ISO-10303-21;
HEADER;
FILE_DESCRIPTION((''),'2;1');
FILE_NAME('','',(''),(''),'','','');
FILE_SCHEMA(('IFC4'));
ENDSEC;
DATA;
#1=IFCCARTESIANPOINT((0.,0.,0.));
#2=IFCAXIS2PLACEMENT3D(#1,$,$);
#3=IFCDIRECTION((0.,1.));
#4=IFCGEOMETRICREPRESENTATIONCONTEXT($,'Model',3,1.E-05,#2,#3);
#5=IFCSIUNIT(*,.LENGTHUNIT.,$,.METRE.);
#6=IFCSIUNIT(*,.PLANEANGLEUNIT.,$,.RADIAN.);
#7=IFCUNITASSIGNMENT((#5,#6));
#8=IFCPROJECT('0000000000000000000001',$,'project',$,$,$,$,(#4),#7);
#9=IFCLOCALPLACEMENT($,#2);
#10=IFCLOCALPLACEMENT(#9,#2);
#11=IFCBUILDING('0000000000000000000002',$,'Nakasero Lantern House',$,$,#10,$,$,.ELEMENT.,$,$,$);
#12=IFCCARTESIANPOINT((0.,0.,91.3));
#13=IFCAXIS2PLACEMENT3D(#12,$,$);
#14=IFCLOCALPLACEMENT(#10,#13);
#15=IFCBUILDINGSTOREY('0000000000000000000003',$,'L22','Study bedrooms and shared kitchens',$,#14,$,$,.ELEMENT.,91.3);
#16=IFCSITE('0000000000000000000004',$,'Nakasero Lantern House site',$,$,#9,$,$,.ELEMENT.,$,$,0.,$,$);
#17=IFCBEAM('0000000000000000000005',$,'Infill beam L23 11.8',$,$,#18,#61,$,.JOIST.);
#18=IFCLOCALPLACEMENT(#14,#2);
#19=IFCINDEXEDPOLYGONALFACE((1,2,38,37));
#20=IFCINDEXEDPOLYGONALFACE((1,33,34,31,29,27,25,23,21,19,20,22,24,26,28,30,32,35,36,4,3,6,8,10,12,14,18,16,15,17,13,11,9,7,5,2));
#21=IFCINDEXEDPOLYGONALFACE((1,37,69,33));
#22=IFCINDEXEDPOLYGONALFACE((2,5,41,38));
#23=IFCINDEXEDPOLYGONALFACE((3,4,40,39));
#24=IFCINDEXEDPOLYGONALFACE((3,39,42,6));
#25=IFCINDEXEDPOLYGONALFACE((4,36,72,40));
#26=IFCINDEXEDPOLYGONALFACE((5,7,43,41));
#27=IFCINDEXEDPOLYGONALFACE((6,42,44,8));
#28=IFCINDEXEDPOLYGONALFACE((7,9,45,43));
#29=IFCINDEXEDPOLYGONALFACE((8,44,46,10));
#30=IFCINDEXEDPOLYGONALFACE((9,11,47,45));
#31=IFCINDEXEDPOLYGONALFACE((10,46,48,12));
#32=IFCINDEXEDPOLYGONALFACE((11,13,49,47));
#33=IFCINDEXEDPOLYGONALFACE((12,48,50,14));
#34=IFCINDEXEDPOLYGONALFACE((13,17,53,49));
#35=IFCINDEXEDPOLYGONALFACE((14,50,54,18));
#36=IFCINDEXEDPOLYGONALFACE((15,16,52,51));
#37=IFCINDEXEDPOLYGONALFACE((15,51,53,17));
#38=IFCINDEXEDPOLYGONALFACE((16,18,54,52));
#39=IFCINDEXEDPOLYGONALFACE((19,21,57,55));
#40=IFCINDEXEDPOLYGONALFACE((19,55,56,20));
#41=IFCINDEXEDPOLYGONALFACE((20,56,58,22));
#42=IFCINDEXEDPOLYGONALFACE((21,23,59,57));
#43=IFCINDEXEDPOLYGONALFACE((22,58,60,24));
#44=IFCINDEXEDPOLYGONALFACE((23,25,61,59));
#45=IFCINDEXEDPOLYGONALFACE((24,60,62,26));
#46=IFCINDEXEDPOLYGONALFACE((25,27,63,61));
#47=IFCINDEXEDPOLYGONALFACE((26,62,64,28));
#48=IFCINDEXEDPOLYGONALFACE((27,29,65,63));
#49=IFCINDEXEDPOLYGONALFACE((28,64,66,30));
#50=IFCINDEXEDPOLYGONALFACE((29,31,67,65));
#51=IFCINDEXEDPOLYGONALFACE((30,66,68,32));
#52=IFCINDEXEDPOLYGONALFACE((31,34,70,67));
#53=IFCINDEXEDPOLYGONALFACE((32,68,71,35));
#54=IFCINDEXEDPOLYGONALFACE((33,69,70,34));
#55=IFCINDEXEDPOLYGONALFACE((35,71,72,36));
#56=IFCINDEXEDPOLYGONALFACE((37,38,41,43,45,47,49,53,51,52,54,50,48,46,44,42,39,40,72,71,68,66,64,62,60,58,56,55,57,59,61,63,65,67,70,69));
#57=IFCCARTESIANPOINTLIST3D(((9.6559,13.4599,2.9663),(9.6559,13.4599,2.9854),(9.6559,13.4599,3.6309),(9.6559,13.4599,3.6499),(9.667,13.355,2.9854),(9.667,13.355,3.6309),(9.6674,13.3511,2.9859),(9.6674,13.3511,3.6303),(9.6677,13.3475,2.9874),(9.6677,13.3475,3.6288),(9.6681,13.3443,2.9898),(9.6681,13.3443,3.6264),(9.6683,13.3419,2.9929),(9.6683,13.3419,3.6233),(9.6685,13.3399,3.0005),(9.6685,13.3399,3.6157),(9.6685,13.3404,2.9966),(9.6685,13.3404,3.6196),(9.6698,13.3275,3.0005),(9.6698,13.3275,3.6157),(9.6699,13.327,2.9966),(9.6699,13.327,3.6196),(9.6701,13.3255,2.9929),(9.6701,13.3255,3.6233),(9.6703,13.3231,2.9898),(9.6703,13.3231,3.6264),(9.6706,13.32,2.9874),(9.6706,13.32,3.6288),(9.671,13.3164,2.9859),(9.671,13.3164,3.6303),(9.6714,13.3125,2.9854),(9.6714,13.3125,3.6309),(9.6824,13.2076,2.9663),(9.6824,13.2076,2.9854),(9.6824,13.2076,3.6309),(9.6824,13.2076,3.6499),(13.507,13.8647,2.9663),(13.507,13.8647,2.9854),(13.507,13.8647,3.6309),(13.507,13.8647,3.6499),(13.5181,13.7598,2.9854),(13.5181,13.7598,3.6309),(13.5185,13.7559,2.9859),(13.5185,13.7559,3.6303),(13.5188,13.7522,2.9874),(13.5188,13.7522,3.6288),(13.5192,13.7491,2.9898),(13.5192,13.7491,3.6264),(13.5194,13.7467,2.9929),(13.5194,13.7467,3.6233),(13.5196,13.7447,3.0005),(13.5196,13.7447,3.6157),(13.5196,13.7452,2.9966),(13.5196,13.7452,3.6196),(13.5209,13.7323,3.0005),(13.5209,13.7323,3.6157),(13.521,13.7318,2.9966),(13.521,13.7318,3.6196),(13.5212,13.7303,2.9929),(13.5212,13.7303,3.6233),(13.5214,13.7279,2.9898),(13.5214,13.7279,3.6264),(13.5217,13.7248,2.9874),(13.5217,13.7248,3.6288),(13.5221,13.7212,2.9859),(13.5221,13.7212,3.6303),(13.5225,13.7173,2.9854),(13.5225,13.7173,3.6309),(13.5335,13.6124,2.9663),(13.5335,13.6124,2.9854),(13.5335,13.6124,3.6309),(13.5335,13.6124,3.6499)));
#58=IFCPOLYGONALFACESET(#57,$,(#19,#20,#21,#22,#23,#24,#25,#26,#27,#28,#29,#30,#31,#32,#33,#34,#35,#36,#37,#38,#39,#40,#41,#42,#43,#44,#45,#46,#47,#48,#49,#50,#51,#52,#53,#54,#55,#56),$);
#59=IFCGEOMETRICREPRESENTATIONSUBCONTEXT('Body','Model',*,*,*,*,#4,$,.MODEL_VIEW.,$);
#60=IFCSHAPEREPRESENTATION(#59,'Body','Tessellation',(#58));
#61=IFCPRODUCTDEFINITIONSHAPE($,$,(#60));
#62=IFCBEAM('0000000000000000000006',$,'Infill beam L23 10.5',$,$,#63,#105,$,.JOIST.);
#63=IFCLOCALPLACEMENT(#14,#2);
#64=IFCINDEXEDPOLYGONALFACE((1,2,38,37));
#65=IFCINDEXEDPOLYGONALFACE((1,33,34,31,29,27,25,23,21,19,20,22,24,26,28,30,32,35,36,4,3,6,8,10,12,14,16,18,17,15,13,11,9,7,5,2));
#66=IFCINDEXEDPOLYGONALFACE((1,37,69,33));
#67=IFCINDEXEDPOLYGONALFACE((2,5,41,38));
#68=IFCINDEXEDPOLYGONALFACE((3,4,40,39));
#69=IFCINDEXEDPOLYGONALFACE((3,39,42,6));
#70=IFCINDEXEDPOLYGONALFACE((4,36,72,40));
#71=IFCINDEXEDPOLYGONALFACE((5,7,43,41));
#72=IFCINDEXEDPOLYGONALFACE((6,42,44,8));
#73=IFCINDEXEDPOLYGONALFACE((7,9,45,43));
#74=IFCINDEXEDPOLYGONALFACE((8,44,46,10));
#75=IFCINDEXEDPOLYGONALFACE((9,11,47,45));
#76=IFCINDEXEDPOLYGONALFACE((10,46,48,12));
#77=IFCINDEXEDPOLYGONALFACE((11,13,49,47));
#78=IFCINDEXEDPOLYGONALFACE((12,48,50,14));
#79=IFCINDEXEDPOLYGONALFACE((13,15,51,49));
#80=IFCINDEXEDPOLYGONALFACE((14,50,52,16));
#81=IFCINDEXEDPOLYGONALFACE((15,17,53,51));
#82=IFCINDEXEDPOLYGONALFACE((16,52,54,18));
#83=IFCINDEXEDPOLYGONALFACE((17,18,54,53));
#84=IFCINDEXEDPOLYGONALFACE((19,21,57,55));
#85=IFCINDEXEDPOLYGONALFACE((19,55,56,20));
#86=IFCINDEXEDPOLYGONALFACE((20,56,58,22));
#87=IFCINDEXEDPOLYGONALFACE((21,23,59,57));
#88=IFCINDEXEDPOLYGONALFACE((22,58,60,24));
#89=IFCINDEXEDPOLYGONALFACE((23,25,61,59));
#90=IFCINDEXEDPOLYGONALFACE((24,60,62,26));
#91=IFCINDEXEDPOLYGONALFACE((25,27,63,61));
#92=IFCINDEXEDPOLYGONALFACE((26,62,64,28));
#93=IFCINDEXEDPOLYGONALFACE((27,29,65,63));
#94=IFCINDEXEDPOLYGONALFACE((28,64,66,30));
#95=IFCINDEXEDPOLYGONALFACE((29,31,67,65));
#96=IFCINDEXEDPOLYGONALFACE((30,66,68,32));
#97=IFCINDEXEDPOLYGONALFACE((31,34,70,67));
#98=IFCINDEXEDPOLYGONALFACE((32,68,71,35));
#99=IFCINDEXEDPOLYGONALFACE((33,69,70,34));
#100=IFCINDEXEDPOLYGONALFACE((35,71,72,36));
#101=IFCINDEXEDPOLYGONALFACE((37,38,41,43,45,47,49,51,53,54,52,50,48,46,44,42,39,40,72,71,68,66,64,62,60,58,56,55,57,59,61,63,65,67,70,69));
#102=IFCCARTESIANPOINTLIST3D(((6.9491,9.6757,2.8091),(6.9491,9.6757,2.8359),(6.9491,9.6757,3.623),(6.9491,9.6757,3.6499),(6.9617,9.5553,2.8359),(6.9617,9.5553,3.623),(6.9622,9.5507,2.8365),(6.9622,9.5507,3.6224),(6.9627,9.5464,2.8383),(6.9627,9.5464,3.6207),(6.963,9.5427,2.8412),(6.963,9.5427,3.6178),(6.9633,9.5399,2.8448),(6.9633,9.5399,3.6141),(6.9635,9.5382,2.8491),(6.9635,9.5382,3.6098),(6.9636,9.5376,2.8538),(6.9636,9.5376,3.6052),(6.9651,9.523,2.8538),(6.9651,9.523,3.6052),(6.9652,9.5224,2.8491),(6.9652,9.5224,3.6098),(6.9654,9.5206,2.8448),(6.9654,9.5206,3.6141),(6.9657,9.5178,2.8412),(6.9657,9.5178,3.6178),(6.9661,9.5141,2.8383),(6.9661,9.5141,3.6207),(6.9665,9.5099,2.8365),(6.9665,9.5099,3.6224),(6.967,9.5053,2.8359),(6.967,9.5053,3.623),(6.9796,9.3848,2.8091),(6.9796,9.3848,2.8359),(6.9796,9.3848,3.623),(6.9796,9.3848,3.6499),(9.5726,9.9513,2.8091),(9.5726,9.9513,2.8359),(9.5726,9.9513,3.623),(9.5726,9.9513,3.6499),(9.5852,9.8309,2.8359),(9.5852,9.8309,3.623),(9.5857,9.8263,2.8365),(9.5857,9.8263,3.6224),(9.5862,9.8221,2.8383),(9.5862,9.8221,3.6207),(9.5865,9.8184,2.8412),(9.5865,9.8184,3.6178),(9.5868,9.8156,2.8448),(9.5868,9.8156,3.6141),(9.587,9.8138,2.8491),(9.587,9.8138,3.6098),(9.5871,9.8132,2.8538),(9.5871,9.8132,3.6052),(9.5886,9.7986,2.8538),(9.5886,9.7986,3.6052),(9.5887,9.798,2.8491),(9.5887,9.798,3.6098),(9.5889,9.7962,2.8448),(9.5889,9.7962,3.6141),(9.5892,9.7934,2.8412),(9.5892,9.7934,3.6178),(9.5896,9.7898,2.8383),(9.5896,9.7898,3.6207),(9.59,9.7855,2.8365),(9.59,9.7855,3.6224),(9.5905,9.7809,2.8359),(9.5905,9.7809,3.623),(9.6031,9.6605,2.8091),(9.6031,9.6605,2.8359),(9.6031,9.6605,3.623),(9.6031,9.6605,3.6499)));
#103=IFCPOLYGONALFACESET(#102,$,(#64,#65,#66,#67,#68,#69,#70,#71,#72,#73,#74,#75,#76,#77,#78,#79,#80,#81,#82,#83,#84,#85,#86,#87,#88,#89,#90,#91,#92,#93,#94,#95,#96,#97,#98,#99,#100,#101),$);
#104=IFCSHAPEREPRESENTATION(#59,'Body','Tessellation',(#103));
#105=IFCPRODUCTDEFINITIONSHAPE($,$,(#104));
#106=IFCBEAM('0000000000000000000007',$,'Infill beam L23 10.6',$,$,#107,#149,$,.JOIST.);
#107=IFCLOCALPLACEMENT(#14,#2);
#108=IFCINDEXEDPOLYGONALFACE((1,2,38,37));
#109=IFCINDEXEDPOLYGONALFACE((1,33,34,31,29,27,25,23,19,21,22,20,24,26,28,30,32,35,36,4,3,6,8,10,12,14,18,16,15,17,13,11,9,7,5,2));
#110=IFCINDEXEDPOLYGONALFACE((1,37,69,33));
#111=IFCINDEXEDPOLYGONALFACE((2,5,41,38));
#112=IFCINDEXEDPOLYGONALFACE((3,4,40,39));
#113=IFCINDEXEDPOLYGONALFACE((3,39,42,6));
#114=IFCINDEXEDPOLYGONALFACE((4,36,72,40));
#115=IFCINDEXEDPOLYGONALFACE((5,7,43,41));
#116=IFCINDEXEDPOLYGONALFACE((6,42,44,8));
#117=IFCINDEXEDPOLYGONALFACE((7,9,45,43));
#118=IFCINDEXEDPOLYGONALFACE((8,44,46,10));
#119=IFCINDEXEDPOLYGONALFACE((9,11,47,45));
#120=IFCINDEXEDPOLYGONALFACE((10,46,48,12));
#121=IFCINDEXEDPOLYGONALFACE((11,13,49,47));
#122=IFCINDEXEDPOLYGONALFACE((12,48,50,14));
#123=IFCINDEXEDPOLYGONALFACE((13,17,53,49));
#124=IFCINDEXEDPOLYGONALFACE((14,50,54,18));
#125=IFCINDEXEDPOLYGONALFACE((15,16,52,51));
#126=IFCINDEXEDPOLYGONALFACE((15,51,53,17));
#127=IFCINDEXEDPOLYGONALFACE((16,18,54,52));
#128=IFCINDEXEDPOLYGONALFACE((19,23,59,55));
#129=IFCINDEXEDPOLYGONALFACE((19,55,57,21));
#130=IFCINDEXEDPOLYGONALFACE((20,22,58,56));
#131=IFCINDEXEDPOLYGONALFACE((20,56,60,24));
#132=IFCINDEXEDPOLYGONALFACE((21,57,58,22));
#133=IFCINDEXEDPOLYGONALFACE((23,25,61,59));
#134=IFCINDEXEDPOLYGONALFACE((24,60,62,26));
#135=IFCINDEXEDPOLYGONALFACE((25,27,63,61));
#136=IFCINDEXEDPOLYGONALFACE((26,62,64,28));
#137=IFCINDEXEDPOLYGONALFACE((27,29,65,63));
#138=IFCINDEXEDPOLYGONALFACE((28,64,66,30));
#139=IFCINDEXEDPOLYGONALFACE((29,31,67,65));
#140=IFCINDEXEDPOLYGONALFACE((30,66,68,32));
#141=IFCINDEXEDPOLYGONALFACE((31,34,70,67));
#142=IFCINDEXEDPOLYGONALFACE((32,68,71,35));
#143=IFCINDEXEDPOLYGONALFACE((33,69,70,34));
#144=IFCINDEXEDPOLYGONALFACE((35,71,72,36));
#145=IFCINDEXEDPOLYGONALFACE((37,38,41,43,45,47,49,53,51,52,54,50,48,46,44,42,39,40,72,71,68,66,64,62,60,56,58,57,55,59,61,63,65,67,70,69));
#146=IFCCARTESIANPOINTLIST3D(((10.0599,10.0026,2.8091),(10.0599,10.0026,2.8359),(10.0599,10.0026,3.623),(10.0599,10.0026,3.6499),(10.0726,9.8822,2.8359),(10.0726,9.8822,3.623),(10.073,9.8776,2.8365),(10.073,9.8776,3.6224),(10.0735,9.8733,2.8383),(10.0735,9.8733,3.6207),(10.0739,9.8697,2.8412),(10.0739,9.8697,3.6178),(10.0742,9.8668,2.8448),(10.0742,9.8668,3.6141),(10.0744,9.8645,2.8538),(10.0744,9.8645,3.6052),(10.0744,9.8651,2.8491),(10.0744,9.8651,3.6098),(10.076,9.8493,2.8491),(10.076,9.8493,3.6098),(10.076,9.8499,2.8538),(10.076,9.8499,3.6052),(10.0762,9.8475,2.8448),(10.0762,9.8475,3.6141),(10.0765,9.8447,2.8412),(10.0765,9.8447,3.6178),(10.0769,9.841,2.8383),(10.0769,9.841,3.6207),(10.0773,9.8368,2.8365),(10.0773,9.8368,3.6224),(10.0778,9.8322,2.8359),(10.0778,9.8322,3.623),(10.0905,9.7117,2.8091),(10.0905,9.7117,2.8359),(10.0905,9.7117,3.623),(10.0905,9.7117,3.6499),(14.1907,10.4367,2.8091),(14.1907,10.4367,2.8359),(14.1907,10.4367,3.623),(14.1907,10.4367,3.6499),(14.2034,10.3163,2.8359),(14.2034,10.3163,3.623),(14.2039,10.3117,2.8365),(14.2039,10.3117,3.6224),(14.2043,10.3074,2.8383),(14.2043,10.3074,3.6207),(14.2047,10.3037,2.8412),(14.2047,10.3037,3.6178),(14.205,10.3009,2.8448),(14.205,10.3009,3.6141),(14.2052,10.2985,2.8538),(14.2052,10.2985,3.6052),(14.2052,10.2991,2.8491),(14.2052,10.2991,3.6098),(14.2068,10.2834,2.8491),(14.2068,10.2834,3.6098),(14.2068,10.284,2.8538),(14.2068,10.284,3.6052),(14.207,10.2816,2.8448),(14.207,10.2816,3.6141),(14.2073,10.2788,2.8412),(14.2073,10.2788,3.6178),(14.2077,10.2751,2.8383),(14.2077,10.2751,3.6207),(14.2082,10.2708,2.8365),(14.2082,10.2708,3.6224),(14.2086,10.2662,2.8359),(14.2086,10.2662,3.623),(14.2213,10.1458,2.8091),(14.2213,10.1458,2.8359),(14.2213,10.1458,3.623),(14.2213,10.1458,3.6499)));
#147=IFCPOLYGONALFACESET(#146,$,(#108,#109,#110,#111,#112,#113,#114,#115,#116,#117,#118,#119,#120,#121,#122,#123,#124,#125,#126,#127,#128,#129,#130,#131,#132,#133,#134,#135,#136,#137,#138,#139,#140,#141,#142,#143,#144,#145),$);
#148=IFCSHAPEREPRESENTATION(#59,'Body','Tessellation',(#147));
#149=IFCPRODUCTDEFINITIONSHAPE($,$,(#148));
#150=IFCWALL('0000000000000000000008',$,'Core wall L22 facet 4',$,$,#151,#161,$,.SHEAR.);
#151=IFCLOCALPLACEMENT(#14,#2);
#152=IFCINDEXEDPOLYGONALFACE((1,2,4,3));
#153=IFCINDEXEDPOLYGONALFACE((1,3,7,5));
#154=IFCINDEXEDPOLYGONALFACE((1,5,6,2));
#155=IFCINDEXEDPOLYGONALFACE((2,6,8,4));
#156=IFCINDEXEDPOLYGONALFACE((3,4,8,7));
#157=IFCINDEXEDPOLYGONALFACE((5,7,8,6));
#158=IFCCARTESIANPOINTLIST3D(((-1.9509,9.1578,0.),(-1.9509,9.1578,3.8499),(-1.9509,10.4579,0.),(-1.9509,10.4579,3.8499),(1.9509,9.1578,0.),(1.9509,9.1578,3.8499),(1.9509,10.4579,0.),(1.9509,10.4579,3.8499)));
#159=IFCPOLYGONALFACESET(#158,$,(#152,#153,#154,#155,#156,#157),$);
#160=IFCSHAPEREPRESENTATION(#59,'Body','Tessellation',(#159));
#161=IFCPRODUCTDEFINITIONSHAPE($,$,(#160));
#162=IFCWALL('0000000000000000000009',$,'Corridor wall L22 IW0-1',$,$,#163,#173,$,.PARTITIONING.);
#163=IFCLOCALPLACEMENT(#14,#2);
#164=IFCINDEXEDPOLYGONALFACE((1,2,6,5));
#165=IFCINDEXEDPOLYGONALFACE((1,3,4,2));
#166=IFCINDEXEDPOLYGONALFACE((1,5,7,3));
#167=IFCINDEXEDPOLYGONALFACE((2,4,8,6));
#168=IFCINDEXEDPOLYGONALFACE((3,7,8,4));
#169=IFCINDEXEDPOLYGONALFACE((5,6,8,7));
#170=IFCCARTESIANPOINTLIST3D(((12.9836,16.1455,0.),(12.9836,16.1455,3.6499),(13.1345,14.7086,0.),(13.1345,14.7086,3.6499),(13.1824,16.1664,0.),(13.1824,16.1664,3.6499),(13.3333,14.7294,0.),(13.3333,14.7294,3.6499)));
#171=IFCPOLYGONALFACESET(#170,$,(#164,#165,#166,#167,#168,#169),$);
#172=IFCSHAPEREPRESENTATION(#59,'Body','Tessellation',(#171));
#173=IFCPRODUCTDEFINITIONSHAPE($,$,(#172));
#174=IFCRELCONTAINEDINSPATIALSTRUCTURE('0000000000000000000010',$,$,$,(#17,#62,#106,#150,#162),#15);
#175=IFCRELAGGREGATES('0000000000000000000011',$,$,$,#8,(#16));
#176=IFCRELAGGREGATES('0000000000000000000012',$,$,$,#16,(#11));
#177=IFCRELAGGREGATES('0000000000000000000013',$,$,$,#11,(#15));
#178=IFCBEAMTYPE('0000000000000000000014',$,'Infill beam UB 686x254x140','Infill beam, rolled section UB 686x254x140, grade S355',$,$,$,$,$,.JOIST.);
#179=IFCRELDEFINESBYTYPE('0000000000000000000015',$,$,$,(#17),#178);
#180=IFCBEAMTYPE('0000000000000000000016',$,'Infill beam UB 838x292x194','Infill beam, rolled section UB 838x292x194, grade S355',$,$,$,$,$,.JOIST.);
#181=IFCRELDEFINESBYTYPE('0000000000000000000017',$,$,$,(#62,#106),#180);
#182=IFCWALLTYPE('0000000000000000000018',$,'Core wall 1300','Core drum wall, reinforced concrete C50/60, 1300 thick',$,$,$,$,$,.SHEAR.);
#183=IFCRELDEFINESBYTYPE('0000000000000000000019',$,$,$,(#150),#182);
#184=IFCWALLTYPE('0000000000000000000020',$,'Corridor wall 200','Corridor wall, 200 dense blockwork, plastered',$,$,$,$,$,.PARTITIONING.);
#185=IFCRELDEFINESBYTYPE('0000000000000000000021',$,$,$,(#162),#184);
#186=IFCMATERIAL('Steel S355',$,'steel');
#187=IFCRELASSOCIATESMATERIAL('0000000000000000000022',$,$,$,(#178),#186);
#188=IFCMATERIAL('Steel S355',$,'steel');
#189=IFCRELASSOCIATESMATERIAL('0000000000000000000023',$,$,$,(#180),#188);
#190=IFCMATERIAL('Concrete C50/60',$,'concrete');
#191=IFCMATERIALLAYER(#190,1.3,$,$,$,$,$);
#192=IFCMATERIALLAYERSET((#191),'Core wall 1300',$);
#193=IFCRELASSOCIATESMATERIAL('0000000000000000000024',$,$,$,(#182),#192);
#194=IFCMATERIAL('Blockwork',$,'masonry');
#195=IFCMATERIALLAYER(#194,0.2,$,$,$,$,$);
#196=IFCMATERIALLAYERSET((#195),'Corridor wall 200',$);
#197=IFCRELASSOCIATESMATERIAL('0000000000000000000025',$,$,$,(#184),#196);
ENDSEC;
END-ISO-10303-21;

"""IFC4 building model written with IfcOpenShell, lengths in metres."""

from ifc_helpers import new_model, si_unit, direction, frame, frame_2d, origin, origin_2d, place, context, subcontext, project, spatial, rectangle, i_section, extrude, material, layer, layer_set, material_profile, profile_set, type_object, element, save


model = new_model("IFC4")

# Units and contexts
model_context = context("Model", 3, precision=1e-05, world=origin(), true_north=direction((0.0, 1.0)))
body_context = subcontext(model_context, "Body", "Model", "MODEL_VIEW")
ifc_project = project(units=[si_unit("LENGTHUNIT", "METRE"), si_unit("PLANEANGLEUNIT", "RADIAN")], contexts=[model_context])

# Site, building, storey
site_placement = place(None, origin())
site = spatial("IfcSite", under=ifc_project, at=site_placement, Name="Nakasero Lantern House site", CompositionType="ELEMENT", RefElevation=0.0)
building_placement = place(site_placement, origin())
building = spatial("IfcBuilding", under=site, at=building_placement, Name="Nakasero Lantern House", CompositionType="ELEMENT")
storey_placement = place(building_placement, frame((0.0, 0.0, 91.3)))
storey = spatial("IfcBuildingStorey", under=building, at=storey_placement, Name="L22", Description="Study bedrooms and shared kitchens", CompositionType="ELEMENT", Elevation=91.3)

# Beams
ifc_material_1 = material(Name="Steel S355", Category="steel")
ifc_material_profile_1 = material_profile(ifc_material_1, i_section(OverallWidth=0.2537, OverallDepth=0.6836, WebThickness=0.0125, FlangeThickness=0.019, FilletRadius=0.0151, at=origin_2d()), Name="UB 686x254x140")
ifc_profile_set_1 = profile_set([ifc_material_profile_1], Name="Steel S355")
beam_type_1 = type_object("IfcBeamType", Name="Infill beam UB 686x254x140", Description="Infill beam, rolled section UB 686x254x140, grade S355", PredefinedType="JOIST", material=ifc_profile_set_1)
beam_1_placement = place(storey_placement, frame((9.6692, 13.3337, 3.3081), z_axis=(0.994521, 0.104534, 0.0), x_axis=(-0.104534, 0.994521, 0.0)))
element("IfcBeam", 1, at=beam_1_placement, inside=storey, type_object=beam_type_1, Name="Infill beam L23 11.8", PredefinedType="JOIST", context=body_context, shape_type="SweptSolid", body=[
    extrude(i_section(OverallWidth=0.2537, OverallDepth=0.6836, WebThickness=0.0125, FlangeThickness=0.019, FilletRadius=0.0151, at=origin_2d()), origin(), (0.0, 0.0, 1.0), 3.8723),
])
ifc_material_2 = material(Name="Steel S355", Category="steel")
ifc_material_profile_2 = material_profile(ifc_material_2, i_section(OverallWidth=0.2925, OverallDepth=0.8408, WebThickness=0.0146, FlangeThickness=0.0269, FilletRadius=0.0178, at=origin_2d()), Name="UB 838x292x194")
ifc_profile_set_2 = profile_set([ifc_material_profile_2], Name="Steel S355")
beam_type_2 = type_object("IfcBeamType", Name="Infill beam UB 838x292x194", Description="Infill beam, rolled section UB 838x292x194, grade S355", PredefinedType="JOIST", material=ifc_profile_set_2)
beam_2_placement = place(storey_placement, frame((6.9644, 9.5303, 3.2295), z_axis=(0.994526, 0.104487, 0.0), x_axis=(-0.104487, 0.994526, 0.0)))
element("IfcBeam", 2, at=beam_2_placement, inside=storey, type_object=beam_type_2, Name="Infill beam L23 10.5", PredefinedType="JOIST", context=body_context, shape_type="SweptSolid", body=[
    extrude(i_section(OverallWidth=0.2925, OverallDepth=0.8408, WebThickness=0.0146, FlangeThickness=0.0269, FilletRadius=0.0178, at=origin_2d()), origin(), (0.0, 0.0, 1.0), 2.6379),
])
beam_3_placement = place(storey_placement, frame((10.0752, 9.8572, 3.2295), z_axis=(0.994524, 0.104507, 0.0), x_axis=(-0.104507, 0.994524, 0.0)))
element("IfcBeam", 3, at=beam_3_placement, inside=storey, type_object=beam_type_2, Name="Infill beam L23 10.6", PredefinedType="JOIST", context=body_context, shape_type="SweptSolid", body=[
    extrude(i_section(OverallWidth=0.2925, OverallDepth=0.8408, WebThickness=0.0146, FlangeThickness=0.0269, FilletRadius=0.0178, at=origin_2d()), origin(), (0.0, 0.0, 1.0), 4.1536),
])

# Walls
ifc_material_3 = material(Name="Concrete C50/60", Category="concrete")
ifc_layer_1 = layer(ifc_material_3, 1.3)
ifc_layer_set_1 = layer_set([ifc_layer_1], Name="Core wall 1300")
wall_type_1 = type_object("IfcWallType", Name="Core wall 1300", Description="Core drum wall, reinforced concrete C50/60, 1300 thick", PredefinedType="SHEAR", material=ifc_layer_set_1)
wall_1_placement = place(storey_placement, frame((1.9509, 9.8079, 0.0), z_axis=(0.0, 0.0, 1.0), x_axis=(-1.0, 0.0, 0.0)))
element("IfcWall", 4, at=wall_1_placement, inside=storey, type_object=wall_type_1, Name="Core wall L22 facet 4", PredefinedType="SHEAR", context=body_context, shape_type="SweptSolid", body=[
    extrude(rectangle(XDim=3.9019, YDim=1.3, at=frame_2d((1.9509, 0.0))), origin(), (0.0, 0.0, 1.0), 3.8499),
])
ifc_material_4 = material(Name="Blockwork", Category="masonry")
ifc_layer_2 = layer(ifc_material_4, 0.2)
ifc_layer_set_2 = layer_set([ifc_layer_2], Name="Corridor wall 200")
wall_type_2 = type_object("IfcWallType", Name="Corridor wall 200", Description="Corridor wall, 200 dense blockwork, plastered", PredefinedType="PARTITIONING", material=ifc_layer_set_2)
wall_2_placement = place(storey_placement, frame((13.2339, 14.719, 0.0), z_axis=(0.0, 0.0, 1.0), x_axis=(-0.104421, 0.994533, 0.0)))
element("IfcWall", 5, at=wall_2_placement, inside=storey, type_object=wall_type_2, Name="Corridor wall L22 IW0-1", PredefinedType="PARTITIONING", context=body_context, shape_type="SweptSolid", body=[
    extrude(rectangle(XDim=1.4448, YDim=0.2, at=frame_2d((0.7224, 0.0))), origin(), (0.0, 0.0, 1.0), 3.6499),
])

save(model, "model.ifc")
